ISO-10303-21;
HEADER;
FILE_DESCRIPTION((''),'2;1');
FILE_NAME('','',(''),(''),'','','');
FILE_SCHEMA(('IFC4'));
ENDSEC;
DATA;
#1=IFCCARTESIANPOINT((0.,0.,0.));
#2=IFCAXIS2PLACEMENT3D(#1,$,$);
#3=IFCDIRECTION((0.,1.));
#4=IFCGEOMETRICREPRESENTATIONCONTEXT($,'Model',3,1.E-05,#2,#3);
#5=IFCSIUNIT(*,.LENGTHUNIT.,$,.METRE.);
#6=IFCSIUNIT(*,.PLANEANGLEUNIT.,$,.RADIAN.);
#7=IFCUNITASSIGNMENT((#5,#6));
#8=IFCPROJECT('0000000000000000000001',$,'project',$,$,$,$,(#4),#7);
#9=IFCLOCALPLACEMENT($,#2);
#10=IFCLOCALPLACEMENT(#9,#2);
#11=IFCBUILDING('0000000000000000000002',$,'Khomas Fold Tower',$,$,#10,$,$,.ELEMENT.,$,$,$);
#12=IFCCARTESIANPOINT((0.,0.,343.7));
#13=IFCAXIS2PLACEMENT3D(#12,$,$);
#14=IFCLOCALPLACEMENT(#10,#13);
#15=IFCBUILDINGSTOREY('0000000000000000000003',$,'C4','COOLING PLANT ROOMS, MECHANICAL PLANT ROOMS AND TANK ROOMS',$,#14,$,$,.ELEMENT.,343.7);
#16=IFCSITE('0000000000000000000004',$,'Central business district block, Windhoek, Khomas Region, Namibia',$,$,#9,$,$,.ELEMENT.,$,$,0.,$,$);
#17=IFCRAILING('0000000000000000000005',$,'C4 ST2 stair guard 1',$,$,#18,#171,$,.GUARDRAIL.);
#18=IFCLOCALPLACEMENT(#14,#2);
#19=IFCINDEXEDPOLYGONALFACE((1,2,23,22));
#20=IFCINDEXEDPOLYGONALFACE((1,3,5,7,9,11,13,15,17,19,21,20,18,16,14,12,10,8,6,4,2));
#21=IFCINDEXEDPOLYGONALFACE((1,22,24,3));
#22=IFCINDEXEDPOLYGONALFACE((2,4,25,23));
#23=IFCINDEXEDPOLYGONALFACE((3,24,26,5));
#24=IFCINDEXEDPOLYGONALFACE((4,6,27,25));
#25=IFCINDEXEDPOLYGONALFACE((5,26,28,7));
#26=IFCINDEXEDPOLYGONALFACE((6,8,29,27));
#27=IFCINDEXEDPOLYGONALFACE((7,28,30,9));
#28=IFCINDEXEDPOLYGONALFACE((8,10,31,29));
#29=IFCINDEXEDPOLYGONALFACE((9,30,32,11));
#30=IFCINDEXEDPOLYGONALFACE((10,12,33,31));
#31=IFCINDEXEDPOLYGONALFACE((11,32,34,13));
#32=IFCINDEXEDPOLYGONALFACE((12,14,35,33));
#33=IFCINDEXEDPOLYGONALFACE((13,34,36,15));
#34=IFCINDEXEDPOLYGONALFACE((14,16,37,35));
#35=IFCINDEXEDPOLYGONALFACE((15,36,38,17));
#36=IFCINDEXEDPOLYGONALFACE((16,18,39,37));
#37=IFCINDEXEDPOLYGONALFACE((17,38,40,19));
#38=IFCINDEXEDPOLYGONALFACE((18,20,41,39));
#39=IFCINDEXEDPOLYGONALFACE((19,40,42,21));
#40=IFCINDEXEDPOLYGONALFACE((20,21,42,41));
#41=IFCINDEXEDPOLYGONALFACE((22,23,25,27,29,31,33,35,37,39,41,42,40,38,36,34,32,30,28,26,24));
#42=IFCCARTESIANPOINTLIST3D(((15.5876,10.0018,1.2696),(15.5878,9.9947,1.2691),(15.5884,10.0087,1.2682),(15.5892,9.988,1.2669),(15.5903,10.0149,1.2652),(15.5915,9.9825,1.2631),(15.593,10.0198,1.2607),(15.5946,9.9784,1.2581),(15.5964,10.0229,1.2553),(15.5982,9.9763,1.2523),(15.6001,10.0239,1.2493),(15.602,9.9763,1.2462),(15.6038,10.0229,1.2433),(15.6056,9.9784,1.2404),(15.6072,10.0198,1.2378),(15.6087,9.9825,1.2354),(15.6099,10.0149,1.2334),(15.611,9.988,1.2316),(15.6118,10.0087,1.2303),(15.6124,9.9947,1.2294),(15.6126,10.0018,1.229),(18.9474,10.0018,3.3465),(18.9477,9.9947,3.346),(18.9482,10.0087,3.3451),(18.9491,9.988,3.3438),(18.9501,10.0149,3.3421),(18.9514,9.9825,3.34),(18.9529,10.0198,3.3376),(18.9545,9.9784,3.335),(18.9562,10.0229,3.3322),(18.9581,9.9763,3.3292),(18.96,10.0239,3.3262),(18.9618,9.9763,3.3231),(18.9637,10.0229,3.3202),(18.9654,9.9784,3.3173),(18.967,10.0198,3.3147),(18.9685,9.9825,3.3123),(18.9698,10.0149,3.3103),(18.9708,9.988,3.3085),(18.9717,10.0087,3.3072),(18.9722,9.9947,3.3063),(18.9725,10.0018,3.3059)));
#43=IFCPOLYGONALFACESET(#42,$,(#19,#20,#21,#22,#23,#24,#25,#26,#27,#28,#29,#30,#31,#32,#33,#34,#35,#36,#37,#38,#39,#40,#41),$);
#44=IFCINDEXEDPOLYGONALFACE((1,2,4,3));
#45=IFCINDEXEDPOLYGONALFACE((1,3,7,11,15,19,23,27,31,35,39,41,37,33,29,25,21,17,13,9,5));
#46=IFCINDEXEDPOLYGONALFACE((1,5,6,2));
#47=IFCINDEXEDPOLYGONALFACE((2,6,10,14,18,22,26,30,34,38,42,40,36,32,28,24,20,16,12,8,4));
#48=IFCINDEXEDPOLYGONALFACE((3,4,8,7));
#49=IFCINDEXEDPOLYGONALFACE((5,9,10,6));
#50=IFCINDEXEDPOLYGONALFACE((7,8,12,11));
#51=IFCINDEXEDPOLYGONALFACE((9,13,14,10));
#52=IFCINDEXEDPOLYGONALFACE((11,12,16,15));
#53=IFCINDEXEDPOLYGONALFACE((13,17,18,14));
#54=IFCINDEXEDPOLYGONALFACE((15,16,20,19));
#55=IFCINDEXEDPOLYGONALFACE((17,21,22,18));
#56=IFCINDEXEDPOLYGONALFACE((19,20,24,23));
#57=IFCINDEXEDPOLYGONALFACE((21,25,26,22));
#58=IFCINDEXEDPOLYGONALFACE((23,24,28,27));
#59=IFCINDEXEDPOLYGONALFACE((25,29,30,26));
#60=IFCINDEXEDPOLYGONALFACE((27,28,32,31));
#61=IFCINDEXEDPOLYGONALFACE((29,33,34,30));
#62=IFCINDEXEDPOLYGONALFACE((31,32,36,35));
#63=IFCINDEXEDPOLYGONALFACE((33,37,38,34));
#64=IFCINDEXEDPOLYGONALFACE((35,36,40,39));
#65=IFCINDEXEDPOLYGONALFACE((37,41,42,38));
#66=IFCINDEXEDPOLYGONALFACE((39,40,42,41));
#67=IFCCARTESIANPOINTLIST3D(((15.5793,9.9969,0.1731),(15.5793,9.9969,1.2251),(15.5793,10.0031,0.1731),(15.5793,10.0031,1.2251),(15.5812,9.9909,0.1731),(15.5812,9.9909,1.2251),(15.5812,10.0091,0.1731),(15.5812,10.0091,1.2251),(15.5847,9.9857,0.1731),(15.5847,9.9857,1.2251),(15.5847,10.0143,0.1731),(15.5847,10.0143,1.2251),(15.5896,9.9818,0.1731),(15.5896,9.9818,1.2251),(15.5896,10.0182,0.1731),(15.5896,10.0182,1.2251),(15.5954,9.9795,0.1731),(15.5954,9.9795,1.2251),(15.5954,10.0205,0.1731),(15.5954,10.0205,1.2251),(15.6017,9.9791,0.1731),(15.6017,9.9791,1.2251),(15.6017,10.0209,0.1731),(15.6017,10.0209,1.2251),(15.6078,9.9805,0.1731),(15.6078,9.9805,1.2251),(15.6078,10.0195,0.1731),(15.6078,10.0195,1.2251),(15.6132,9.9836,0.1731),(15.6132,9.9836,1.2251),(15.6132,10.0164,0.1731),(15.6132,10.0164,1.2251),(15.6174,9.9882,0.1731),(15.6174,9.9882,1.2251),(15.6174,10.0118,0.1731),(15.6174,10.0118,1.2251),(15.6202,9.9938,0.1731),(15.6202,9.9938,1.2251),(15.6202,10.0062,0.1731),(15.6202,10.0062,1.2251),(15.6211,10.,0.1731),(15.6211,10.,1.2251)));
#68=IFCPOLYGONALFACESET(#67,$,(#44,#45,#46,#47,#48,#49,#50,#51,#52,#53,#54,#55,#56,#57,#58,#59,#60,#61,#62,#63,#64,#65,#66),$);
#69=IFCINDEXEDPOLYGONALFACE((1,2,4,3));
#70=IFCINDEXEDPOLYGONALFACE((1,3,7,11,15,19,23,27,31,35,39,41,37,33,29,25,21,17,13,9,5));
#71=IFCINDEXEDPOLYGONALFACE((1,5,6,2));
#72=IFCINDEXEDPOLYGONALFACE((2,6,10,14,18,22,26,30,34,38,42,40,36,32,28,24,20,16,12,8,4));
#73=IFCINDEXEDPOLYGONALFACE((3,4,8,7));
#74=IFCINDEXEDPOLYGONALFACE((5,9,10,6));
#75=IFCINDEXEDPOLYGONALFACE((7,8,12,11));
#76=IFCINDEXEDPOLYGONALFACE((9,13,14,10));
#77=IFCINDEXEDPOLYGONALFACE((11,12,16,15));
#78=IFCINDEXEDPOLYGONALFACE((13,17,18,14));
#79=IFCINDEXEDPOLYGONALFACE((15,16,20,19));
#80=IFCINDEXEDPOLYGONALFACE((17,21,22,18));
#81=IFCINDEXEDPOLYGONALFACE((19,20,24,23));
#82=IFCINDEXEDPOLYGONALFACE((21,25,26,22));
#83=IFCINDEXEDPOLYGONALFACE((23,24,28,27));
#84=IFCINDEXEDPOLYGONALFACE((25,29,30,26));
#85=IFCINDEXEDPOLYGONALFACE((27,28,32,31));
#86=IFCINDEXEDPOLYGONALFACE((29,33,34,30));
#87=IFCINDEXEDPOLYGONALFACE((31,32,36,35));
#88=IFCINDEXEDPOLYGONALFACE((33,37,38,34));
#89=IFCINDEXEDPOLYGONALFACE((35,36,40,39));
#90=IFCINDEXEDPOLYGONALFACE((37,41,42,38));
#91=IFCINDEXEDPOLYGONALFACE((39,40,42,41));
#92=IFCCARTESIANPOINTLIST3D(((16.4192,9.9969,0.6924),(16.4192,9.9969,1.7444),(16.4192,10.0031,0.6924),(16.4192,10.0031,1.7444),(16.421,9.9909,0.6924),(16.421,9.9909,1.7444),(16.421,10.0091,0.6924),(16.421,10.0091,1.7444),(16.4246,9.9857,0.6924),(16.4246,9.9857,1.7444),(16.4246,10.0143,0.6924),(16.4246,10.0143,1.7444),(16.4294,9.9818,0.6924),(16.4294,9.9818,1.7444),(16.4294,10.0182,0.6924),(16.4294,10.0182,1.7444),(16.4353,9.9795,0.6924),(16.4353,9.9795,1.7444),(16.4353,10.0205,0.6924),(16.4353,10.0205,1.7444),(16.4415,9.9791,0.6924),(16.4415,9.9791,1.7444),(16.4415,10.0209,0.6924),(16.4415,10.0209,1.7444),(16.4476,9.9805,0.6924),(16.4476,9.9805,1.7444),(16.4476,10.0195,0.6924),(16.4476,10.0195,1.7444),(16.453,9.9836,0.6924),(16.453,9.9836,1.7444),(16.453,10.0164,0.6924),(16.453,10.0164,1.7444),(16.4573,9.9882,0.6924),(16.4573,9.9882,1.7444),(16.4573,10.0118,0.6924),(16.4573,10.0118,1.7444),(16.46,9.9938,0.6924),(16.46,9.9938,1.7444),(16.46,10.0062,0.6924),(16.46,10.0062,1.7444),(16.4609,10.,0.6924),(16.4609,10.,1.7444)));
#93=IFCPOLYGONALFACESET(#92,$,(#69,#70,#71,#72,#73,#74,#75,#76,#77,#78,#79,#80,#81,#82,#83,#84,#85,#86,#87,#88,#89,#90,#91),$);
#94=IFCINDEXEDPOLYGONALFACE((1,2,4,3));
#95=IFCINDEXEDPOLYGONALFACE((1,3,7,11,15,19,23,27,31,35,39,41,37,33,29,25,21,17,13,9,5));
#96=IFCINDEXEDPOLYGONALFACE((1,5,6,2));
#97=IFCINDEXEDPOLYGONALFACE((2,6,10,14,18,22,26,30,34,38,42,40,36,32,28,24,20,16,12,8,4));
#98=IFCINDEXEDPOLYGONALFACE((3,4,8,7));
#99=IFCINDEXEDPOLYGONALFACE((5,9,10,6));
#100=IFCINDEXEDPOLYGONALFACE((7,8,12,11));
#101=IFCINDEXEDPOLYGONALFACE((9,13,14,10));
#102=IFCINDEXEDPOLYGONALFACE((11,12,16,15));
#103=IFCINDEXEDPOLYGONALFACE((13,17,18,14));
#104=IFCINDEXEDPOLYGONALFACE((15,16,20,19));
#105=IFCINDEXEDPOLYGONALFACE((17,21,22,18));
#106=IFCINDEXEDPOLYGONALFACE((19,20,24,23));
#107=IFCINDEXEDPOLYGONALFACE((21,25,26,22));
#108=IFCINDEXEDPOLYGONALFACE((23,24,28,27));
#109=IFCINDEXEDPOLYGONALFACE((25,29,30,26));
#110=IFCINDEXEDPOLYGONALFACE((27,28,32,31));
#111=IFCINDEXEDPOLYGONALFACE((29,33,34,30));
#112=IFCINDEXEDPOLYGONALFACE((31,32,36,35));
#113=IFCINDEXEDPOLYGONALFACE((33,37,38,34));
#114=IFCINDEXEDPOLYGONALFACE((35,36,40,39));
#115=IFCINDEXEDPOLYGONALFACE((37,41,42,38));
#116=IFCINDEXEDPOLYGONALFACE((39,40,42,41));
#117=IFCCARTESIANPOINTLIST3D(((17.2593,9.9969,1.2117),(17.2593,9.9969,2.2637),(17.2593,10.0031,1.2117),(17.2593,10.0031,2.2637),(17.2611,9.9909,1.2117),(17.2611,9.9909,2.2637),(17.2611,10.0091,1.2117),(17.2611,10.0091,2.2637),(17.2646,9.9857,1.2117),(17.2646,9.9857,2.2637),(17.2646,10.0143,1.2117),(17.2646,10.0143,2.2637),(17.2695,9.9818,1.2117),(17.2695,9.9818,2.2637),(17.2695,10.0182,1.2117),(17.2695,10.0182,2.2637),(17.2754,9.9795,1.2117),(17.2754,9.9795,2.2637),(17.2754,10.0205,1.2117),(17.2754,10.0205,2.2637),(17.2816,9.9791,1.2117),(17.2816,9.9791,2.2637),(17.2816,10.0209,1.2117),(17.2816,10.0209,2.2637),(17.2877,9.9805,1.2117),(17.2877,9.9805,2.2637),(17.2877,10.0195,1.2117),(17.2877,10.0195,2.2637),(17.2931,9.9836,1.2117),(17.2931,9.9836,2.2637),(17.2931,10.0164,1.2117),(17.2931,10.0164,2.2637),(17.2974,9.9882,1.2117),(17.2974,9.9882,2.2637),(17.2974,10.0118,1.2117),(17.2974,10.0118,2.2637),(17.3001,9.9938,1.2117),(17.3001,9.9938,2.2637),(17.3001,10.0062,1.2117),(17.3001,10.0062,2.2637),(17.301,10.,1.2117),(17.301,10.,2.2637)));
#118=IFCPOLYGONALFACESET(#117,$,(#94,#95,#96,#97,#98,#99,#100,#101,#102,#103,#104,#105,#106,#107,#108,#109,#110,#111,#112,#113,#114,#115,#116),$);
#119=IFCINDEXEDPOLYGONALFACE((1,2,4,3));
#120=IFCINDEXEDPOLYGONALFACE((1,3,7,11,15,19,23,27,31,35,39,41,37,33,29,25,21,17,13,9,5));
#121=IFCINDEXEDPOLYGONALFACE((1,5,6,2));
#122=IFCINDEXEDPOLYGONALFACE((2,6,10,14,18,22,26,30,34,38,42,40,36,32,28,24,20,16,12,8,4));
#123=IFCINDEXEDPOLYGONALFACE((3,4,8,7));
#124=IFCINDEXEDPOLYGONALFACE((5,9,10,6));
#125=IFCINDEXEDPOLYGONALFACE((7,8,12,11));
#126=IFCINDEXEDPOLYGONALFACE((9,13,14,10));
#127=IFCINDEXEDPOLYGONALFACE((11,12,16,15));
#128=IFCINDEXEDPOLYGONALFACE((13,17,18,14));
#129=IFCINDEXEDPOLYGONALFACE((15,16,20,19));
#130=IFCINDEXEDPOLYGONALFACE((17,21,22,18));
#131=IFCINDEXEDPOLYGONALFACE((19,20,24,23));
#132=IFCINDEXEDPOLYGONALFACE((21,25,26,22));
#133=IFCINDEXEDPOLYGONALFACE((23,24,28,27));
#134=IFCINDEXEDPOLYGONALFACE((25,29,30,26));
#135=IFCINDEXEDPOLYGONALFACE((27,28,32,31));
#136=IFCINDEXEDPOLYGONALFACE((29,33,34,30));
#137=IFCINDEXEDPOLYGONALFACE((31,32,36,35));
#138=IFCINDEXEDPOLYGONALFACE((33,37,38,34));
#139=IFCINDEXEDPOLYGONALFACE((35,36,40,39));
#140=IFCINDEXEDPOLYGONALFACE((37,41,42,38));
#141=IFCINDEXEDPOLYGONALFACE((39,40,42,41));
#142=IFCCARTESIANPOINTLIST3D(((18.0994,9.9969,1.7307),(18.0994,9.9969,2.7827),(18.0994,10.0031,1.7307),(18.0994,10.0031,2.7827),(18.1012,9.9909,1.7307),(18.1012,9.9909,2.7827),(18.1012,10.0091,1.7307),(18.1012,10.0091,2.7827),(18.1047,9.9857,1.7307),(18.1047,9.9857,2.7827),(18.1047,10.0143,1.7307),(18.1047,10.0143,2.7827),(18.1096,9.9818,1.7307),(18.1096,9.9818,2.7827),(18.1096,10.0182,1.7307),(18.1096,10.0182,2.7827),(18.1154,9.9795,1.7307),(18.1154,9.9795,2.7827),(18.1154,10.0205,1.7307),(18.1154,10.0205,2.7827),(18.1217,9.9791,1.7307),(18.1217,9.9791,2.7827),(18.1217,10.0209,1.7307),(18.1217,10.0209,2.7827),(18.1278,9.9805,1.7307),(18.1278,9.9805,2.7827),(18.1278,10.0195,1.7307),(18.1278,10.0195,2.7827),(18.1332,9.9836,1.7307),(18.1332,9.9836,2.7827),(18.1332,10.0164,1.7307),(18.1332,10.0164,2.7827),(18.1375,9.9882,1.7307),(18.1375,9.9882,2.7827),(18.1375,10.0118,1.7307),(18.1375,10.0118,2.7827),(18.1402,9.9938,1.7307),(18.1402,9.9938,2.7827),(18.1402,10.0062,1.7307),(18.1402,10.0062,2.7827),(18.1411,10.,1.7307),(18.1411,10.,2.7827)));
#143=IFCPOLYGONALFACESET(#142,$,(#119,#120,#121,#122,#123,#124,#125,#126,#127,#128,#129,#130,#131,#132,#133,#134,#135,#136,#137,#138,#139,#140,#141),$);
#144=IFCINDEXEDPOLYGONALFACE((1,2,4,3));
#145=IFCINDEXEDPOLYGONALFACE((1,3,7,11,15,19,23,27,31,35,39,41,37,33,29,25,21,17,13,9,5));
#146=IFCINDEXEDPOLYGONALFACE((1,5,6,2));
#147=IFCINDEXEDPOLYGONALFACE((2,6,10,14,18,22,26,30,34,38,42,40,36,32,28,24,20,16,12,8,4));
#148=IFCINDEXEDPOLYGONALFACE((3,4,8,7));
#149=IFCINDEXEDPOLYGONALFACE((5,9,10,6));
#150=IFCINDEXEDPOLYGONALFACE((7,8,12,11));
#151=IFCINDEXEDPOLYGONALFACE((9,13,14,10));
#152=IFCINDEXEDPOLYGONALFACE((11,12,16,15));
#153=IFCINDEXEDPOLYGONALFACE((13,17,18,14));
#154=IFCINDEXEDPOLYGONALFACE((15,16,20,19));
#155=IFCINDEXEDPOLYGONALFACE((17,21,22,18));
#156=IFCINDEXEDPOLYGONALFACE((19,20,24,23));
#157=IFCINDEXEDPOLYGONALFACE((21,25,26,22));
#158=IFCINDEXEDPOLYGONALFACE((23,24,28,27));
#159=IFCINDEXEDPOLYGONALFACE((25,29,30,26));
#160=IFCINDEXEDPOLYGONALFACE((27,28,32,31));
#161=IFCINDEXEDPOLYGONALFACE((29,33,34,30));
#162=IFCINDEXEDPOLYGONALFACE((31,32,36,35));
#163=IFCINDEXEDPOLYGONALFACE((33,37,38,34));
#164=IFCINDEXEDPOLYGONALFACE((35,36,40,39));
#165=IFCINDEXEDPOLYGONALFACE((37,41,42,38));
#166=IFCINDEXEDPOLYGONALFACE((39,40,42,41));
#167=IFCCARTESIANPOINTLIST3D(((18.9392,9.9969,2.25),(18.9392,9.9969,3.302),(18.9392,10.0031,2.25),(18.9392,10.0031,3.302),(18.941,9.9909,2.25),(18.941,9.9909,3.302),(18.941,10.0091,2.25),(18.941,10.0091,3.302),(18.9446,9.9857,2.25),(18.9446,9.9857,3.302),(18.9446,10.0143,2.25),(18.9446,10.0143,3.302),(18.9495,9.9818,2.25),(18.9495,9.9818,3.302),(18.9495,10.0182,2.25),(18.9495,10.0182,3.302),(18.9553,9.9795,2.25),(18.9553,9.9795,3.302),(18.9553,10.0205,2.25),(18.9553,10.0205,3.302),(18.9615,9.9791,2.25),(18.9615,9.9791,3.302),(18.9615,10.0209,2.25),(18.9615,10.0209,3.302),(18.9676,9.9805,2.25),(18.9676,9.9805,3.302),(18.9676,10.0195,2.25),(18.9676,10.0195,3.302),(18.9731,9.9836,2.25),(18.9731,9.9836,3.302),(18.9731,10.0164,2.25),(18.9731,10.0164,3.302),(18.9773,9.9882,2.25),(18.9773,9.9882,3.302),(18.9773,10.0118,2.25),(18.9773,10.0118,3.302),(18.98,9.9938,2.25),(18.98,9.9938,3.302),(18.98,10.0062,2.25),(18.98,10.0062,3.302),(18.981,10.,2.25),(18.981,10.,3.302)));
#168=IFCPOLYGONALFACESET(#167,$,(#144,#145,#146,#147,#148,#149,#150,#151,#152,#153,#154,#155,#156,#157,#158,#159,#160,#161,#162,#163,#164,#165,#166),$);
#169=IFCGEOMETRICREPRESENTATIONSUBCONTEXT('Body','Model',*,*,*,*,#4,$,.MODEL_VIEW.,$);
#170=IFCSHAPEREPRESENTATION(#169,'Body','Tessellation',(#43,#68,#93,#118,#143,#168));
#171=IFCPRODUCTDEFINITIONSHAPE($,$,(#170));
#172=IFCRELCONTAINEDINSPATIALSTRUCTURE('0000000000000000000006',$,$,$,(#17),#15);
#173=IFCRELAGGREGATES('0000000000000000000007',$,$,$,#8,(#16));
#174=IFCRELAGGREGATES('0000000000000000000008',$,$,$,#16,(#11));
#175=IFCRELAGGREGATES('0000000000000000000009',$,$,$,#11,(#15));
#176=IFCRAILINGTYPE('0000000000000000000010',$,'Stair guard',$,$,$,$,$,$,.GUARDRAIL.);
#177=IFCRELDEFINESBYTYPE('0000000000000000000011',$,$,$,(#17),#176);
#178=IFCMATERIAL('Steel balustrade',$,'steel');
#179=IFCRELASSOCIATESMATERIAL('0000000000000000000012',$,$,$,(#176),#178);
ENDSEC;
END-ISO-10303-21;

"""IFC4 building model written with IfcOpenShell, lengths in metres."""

from ifc_helpers import new_model, si_unit, direction, frame, origin, origin_2d, place, context, subcontext, project, spatial, circle, extrude, source, transform, mapped, material, type_object, element, save


model = new_model("IFC4")

# Units and contexts
model_context = context("Model", 3, precision=1e-05, world=origin(), true_north=direction((0.0, 1.0)))
body_context = subcontext(model_context, "Body", "Model", "MODEL_VIEW")
ifc_project = project(units=[si_unit("LENGTHUNIT", "METRE"), si_unit("PLANEANGLEUNIT", "RADIAN")], contexts=[model_context])

# Site, building, storey
site_placement = place(None, origin())
site = spatial("IfcSite", under=ifc_project, at=site_placement, Name="Central business district block, Windhoek, Khomas Region, Namibia", CompositionType="ELEMENT", RefElevation=0.0)
building_placement = place(site_placement, origin())
building = spatial("IfcBuilding", under=site, at=building_placement, Name="Khomas Fold Tower", CompositionType="ELEMENT")
storey_placement = place(building_placement, frame((0.0, 0.0, 343.7)))
storey = spatial("IfcBuildingStorey", under=building, at=storey_placement, Name="C4", Description="COOLING PLANT ROOMS, MECHANICAL PLANT ROOMS AND TANK ROOMS", CompositionType="ELEMENT", Elevation=343.7)

# Railing
ifc_material_1 = material(Name="Steel balustrade", Category="steel")
railing_type_1 = type_object("IfcRailingType", Name="Stair guard", PredefinedType="GUARDRAIL", material=ifc_material_1)
shared_shape_1 = source(origin(), body_context, "Body", "SweptSolid", [
    extrude(circle(Radius=0.0239, at=origin_2d()), frame((0.0, 0.0, 1.0762), z_axis=(0.850606, 0.0, 0.525803), x_axis=(0.0, 1.0, 0.0)), (0.0, 0.0, 1.0), 3.95),
    extrude(circle(Radius=0.021, at=origin_2d()), origin(), (0.0, 0.0, 1.0), 1.052),
    extrude(circle(Radius=0.021, at=origin_2d()), frame((0.8398, 0.0, 0.5193)), (0.0, 0.0, 1.0), 1.052),
    extrude(circle(Radius=0.021, at=origin_2d()), frame((1.6799, 0.0, 1.0386)), (0.0, 0.0, 1.0), 1.052),
    extrude(circle(Radius=0.021, at=origin_2d()), frame((2.52, 0.0, 1.5576)), (0.0, 0.0, 1.0), 1.052),
    extrude(circle(Radius=0.021, at=origin_2d()), frame((3.3599, 0.0, 2.0769)), (0.0, 0.0, 1.0), 1.052),
])
railing_1_placement = place(storey_placement, frame((15.6001, 10.0, 0.1731)))
element("IfcRailing", 1, at=railing_1_placement, inside=storey, type_object=railing_type_1, Name="C4 ST2 stair guard 1", PredefinedType="GUARDRAIL", context=body_context, shape_type="MappedRepresentation", body=[
    mapped(shared_shape_1, transform((0.0, 0.0, 0.0))),
])

save(model, "model.ifc")
